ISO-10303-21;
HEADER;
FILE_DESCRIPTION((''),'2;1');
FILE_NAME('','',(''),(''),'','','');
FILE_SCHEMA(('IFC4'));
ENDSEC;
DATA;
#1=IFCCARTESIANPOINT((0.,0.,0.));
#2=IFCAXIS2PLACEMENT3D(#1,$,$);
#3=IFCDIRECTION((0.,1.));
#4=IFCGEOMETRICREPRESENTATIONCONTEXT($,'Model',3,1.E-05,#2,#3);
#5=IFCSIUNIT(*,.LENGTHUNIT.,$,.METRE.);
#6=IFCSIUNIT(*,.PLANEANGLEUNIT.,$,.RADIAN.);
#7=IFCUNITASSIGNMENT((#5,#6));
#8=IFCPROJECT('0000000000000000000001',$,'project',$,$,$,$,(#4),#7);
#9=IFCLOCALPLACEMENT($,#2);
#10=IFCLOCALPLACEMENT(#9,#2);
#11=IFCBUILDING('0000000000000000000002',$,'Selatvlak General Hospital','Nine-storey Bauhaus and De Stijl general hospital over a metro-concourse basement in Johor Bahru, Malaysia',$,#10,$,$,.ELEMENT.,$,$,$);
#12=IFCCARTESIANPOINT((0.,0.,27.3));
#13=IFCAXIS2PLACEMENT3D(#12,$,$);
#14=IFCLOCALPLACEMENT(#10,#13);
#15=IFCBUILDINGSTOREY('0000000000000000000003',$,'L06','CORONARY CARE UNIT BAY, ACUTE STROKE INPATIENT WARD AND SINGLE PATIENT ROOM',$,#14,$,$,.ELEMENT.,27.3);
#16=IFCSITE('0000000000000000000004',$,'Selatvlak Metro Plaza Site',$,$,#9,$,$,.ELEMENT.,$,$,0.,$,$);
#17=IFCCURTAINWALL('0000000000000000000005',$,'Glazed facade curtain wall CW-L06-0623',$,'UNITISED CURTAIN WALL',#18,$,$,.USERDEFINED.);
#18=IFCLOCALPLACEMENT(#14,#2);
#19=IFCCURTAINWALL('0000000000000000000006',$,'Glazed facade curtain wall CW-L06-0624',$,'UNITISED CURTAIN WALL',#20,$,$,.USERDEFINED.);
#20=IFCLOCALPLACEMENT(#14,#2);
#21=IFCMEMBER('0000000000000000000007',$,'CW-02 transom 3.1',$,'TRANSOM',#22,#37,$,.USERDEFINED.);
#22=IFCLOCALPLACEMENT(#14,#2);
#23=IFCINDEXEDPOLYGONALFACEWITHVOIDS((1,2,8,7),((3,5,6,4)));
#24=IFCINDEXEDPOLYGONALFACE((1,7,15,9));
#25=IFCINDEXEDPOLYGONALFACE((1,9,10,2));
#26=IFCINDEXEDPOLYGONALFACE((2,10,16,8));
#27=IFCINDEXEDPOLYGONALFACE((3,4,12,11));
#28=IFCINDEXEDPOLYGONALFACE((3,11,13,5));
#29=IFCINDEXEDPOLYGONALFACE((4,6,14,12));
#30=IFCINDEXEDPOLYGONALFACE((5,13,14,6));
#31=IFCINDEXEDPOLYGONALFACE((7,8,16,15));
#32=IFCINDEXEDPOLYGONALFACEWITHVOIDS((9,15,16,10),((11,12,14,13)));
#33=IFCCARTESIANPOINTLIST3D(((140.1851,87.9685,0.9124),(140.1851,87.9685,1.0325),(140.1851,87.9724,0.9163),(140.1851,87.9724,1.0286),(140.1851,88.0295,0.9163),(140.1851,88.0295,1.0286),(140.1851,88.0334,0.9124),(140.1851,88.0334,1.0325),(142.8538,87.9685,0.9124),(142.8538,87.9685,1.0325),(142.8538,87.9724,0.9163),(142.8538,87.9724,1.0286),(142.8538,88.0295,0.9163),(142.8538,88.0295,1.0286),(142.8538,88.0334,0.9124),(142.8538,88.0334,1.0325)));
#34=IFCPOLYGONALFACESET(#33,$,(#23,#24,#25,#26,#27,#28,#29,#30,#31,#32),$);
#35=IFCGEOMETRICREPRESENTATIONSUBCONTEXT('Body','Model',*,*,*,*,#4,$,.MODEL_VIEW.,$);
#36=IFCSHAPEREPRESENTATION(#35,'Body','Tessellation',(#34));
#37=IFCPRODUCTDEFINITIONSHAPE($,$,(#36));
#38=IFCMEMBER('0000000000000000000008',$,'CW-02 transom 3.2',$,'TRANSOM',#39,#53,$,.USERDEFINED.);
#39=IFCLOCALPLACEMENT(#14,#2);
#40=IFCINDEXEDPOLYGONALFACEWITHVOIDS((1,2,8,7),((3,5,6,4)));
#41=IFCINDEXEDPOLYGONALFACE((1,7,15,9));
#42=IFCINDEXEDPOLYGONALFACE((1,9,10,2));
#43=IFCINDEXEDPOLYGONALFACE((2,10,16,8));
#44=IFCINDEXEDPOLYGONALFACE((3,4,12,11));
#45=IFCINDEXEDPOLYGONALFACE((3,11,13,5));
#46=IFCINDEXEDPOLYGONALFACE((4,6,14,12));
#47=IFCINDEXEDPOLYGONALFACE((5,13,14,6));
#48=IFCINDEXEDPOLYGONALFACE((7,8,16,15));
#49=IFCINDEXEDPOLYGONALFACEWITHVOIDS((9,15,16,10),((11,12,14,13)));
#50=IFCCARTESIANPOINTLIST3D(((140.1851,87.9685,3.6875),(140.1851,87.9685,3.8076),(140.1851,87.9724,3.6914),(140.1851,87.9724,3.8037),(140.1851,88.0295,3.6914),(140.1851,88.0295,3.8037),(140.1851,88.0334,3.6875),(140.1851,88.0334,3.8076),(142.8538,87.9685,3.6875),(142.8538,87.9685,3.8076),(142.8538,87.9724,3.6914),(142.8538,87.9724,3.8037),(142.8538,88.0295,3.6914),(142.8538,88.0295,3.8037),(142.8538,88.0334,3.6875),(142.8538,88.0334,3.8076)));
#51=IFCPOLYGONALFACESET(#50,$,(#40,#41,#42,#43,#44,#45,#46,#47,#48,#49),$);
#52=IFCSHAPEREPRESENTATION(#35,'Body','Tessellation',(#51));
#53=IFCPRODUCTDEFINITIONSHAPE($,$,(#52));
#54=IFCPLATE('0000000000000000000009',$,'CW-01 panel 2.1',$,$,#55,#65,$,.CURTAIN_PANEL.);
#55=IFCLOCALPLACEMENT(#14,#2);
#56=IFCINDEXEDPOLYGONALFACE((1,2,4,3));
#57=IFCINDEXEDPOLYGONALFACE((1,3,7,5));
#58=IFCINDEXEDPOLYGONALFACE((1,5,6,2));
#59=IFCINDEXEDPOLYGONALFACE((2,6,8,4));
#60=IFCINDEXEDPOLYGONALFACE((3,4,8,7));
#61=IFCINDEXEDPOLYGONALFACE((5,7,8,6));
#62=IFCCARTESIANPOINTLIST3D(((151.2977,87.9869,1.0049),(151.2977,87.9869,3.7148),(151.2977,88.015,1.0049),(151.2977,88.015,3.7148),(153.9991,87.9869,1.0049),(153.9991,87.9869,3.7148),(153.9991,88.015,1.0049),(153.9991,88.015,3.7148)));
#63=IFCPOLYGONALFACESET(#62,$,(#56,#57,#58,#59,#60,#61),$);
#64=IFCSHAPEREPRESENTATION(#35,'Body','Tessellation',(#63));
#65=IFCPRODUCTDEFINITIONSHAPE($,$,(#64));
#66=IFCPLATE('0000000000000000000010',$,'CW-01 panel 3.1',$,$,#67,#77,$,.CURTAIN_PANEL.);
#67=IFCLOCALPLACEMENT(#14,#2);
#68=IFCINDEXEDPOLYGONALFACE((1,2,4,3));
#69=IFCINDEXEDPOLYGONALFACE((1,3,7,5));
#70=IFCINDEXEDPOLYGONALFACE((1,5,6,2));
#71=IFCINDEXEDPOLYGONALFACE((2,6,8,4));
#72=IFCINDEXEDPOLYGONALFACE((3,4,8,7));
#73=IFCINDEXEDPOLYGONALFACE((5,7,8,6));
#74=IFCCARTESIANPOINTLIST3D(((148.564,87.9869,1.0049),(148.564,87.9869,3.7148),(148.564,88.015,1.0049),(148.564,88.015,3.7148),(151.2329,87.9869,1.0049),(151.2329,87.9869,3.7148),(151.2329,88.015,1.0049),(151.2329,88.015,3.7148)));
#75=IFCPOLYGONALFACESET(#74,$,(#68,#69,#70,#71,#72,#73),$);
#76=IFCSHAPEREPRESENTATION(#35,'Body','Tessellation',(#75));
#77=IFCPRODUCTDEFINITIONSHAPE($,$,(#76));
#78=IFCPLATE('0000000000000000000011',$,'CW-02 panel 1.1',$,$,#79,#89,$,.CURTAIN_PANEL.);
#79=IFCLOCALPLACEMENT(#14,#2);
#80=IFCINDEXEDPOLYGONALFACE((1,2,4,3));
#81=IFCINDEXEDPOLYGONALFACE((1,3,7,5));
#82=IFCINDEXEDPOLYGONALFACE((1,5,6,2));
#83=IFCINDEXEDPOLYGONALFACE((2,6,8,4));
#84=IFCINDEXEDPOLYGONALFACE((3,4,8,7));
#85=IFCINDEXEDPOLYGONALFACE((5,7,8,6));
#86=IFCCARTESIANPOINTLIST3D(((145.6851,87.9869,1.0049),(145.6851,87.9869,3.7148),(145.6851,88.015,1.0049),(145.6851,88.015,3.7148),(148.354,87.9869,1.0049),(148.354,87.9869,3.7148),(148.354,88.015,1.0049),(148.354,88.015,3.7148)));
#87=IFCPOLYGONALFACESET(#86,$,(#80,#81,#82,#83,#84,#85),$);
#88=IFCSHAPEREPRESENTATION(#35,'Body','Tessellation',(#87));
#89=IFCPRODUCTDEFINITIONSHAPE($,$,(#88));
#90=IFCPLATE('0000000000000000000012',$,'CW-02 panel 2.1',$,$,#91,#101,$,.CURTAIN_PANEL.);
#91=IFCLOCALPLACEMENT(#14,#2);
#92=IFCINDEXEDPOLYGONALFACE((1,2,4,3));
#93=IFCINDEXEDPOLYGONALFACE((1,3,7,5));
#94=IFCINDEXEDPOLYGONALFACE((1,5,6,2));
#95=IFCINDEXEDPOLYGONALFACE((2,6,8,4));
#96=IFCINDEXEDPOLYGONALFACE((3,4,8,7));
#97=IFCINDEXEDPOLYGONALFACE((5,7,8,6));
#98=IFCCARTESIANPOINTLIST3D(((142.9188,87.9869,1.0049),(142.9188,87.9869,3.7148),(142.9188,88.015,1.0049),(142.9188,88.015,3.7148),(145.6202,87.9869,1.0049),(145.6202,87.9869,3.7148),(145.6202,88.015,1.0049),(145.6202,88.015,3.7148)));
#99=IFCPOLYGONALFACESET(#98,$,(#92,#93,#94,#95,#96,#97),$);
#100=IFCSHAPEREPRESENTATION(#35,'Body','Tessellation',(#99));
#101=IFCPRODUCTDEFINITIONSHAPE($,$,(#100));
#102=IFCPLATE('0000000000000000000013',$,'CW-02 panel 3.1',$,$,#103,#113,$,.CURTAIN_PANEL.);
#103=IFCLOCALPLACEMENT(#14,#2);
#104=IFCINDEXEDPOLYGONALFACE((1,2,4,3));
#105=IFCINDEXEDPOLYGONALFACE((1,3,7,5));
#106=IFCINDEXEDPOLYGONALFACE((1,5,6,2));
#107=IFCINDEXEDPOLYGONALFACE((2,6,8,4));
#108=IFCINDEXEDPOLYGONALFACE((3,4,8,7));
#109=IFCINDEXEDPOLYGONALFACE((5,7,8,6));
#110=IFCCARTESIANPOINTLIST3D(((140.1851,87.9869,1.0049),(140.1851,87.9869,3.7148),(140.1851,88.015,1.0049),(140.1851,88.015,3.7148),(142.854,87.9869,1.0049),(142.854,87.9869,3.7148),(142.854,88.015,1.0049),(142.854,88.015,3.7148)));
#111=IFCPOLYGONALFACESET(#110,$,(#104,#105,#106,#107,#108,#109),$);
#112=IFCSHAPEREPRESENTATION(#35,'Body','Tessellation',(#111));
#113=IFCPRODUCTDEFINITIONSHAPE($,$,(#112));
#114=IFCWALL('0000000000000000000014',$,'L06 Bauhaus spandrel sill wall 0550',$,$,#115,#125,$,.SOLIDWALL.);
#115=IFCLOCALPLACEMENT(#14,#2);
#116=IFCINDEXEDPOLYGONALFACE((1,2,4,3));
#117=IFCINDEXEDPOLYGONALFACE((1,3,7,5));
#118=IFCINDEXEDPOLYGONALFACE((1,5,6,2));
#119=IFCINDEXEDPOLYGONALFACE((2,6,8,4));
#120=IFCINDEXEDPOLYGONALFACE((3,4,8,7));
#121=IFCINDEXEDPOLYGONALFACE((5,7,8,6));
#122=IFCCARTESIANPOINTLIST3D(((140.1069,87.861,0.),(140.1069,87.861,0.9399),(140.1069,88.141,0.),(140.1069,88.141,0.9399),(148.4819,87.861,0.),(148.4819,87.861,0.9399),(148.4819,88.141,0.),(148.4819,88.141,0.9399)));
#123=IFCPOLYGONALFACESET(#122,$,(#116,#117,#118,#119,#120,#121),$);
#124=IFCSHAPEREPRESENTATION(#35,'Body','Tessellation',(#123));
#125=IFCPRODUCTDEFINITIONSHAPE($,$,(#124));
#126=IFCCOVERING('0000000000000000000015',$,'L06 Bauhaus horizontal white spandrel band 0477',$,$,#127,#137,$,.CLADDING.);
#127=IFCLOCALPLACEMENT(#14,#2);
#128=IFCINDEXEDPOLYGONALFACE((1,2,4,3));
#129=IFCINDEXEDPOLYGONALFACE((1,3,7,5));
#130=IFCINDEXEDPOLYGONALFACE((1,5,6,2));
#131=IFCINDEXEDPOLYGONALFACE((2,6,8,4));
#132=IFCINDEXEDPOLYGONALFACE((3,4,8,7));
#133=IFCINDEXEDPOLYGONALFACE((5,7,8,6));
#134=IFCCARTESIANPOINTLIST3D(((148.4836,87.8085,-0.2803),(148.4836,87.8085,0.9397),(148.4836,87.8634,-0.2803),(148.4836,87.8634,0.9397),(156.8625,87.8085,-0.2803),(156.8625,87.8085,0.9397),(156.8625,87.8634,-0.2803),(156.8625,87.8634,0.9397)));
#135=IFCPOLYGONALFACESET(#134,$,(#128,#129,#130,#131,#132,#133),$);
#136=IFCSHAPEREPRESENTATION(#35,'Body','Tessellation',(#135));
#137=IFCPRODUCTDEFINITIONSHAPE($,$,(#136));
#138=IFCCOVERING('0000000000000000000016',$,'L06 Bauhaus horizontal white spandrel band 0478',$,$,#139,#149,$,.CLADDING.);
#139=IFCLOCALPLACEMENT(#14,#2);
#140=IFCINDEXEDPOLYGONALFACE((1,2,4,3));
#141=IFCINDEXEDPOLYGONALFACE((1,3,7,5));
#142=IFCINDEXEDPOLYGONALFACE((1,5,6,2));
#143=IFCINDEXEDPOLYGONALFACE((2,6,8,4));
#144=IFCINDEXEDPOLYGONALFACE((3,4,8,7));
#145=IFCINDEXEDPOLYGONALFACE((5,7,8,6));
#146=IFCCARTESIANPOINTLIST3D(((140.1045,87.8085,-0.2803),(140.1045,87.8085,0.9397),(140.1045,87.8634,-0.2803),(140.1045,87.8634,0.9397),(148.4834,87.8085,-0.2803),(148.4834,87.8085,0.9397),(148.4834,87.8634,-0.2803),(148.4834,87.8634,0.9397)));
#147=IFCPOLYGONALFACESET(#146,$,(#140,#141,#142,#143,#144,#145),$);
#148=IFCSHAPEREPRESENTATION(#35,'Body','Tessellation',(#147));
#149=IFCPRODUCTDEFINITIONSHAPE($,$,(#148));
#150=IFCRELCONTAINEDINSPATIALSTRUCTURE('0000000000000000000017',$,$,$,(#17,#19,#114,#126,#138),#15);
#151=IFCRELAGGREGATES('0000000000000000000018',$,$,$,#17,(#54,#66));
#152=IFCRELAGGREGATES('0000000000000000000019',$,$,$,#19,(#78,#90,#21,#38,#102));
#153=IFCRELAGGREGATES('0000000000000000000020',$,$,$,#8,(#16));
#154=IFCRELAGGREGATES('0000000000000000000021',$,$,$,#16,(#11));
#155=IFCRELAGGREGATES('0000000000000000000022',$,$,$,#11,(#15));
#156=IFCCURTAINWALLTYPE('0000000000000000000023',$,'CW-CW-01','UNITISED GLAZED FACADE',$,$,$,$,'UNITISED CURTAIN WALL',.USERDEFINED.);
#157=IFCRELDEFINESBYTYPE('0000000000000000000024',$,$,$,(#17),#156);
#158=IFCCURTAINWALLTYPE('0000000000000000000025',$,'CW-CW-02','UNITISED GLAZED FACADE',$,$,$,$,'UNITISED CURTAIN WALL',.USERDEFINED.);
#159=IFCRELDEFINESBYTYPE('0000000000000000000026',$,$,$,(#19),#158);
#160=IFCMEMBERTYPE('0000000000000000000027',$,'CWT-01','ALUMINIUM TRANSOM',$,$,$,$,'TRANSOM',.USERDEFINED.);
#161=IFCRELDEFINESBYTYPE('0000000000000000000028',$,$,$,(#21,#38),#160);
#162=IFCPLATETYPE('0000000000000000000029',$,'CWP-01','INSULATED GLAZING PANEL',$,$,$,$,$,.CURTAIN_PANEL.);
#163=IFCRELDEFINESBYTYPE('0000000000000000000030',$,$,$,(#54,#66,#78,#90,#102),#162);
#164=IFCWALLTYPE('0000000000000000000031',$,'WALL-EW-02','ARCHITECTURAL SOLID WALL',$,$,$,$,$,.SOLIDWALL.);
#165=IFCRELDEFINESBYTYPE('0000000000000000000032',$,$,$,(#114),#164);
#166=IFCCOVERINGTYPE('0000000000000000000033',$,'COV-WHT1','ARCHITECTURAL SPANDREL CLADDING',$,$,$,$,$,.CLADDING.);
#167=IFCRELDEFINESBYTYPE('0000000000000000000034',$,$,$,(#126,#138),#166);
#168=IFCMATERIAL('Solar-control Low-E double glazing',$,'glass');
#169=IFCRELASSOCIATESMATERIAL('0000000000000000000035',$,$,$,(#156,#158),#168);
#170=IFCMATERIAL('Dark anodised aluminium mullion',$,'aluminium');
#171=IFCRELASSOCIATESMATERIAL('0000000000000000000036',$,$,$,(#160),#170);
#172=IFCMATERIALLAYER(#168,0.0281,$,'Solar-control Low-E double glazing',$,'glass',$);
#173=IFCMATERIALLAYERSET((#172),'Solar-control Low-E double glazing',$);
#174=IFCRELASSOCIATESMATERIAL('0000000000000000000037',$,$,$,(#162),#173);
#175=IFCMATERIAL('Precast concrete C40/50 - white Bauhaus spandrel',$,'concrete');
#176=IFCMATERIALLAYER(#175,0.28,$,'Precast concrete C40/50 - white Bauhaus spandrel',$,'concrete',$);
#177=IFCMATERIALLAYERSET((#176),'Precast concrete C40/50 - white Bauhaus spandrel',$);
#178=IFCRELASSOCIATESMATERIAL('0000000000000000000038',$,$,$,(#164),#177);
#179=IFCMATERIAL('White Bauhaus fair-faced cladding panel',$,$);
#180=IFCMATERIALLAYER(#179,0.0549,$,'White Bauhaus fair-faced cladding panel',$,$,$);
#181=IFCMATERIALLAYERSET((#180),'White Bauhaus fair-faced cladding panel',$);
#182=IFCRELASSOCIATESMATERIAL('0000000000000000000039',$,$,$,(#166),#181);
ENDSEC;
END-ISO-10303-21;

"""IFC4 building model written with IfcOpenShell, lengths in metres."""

from ifc_helpers import new_model, si_unit, direction, frame, frame_2d, origin, origin_2d, place, context, subcontext, project, spatial, rectangle, hollow_rectangle, extrude, material, layer, layer_set, material_profile, profile_set, type_object, element, aggregate, save


model = new_model("IFC4")

# Units and contexts
model_context = context("Model", 3, precision=1e-05, world=origin(), true_north=direction((0.0, 1.0)))
body_context = subcontext(model_context, "Body", "Model", "MODEL_VIEW")
ifc_project = project(units=[si_unit("LENGTHUNIT", "METRE"), si_unit("PLANEANGLEUNIT", "RADIAN")], contexts=[model_context])

# Site, building, storey
site_placement = place(None, origin())
site = spatial("IfcSite", under=ifc_project, at=site_placement, Name="Selatvlak Metro Plaza Site", CompositionType="ELEMENT", RefElevation=0.0)
building_placement = place(site_placement, origin())
building = spatial("IfcBuilding", under=site, at=building_placement, Name="Selatvlak General Hospital", Description="Nine-storey Bauhaus and De Stijl general hospital over a metro-concourse basement in Johor Bahru, Malaysia", CompositionType="ELEMENT")
storey_placement = place(building_placement, frame((0.0, 0.0, 27.3)))
storey = spatial("IfcBuildingStorey", under=building, at=storey_placement, Name="L06", Description="CORONARY CARE UNIT BAY, ACUTE STROKE INPATIENT WARD AND SINGLE PATIENT ROOM", CompositionType="ELEMENT", Elevation=27.3)

# Curtain walls
ifc_material_1 = material(Name="Solar-control Low-E double glazing", Category="glass")
curtain_wall_type_1 = type_object("IfcCurtainWallType", Name="CW-CW-01", Description="UNITISED GLAZED FACADE", ElementType="UNITISED CURTAIN WALL", PredefinedType="USERDEFINED", material=ifc_material_1)
curtain_wall_1_placement = place(storey_placement, origin())
curtain_wall_1 = element("IfcCurtainWall", 1, at=curtain_wall_1_placement, inside=storey, type_object=curtain_wall_type_1, Name="Glazed facade curtain wall CW-L06-0623", ObjectType="UNITISED CURTAIN WALL", PredefinedType="USERDEFINED")
ifc_material_2 = material(Name="Dark anodised aluminium mullion", Category="aluminium")
curtain_wall_type_2 = type_object("IfcCurtainWallType", Name="CW-CW-02", Description="UNITISED GLAZED FACADE", ElementType="UNITISED CURTAIN WALL", PredefinedType="USERDEFINED", material=ifc_material_1)
curtain_wall_2_placement = place(storey_placement, origin())
curtain_wall_2 = element("IfcCurtainWall", 2, at=curtain_wall_2_placement, inside=storey, type_object=curtain_wall_type_2, Name="Glazed facade curtain wall CW-L06-0624", ObjectType="UNITISED CURTAIN WALL", PredefinedType="USERDEFINED")

# Members
ifc_material_profile_1 = material_profile(ifc_material_2, hollow_rectangle(XDim=0.0649, YDim=0.1201, WallThickness=0.0039, at=origin_2d()), Name="AL-TRN 65x120x4")
ifc_profile_set_1 = profile_set([ifc_material_profile_1], Name="Dark anodised aluminium mullion")
member_type_1 = type_object("IfcMemberType", Name="CWT-01", Description="ALUMINIUM TRANSOM", ElementType="TRANSOM", PredefinedType="USERDEFINED", material=ifc_profile_set_1)
member_1_placement = place(storey_placement, frame((142.8538, 88.001, 0.9724), z_axis=(-1.0, 0.0, 0.0), x_axis=(0.0, -1.0, 0.0)))
member_1 = element("IfcMember", 3, at=member_1_placement, type_object=member_type_1, Name="CW-02 transom 3.1", ObjectType="TRANSOM", PredefinedType="USERDEFINED", context=body_context, shape_type="SweptSolid", body=[
    extrude(hollow_rectangle(XDim=0.0649, YDim=0.1201, WallThickness=0.0039, at=origin_2d()), origin(), (0.0, 0.0, 1.0), 2.6687),
])
member_2_placement = place(storey_placement, frame((142.8538, 88.001, 3.7476), z_axis=(-1.0, 0.0, 0.0), x_axis=(0.0, -1.0, 0.0)))
member_2 = element("IfcMember", 4, at=member_2_placement, type_object=member_type_1, Name="CW-02 transom 3.2", ObjectType="TRANSOM", PredefinedType="USERDEFINED", context=body_context, shape_type="SweptSolid", body=[
    extrude(hollow_rectangle(XDim=0.0649, YDim=0.1201, WallThickness=0.0039, at=origin_2d()), origin(), (0.0, 0.0, 1.0), 2.6687),
])

# Plates
ifc_layer_1 = layer(ifc_material_1, 0.0281, Name="Solar-control Low-E double glazing", Category="glass")
ifc_layer_set_1 = layer_set([ifc_layer_1], Name="Solar-control Low-E double glazing")
plate_type = type_object("IfcPlateType", Name="CWP-01", Description="INSULATED GLAZING PANEL", PredefinedType="CURTAIN_PANEL", material=ifc_layer_set_1)
plate_1_placement = place(storey_placement, frame((152.6484, 88.001, 1.0049), z_axis=(0.0, 0.0, 1.0), x_axis=(-1.0, 0.0, 0.0)))
plate_1 = element("IfcPlate", 5, at=plate_1_placement, type_object=plate_type, Name="CW-01 panel 2.1", PredefinedType="CURTAIN_PANEL", context=body_context, shape_type="SweptSolid", body=[
    extrude(rectangle(XDim=2.7014, YDim=0.0281, at=origin_2d()), origin(), (0.0, 0.0, 1.0), 2.71),
])
plate_2_placement = place(storey_placement, frame((149.8984, 88.001, 1.0049), z_axis=(0.0, 0.0, 1.0), x_axis=(-1.0, 0.0, 0.0)))
plate_2 = element("IfcPlate", 6, at=plate_2_placement, type_object=plate_type, Name="CW-01 panel 3.1", PredefinedType="CURTAIN_PANEL", context=body_context, shape_type="SweptSolid", body=[
    extrude(rectangle(XDim=2.6689, YDim=0.0281, at=origin_2d()), origin(), (0.0, 0.0, 1.0), 2.71),
])
aggregate(curtain_wall_1, [plate_1, plate_2])
plate_3_placement = place(storey_placement, frame((147.0195, 88.001, 1.0049), z_axis=(0.0, 0.0, 1.0), x_axis=(-1.0, 0.0, 0.0)))
plate_3 = element("IfcPlate", 7, at=plate_3_placement, type_object=plate_type, Name="CW-02 panel 1.1", PredefinedType="CURTAIN_PANEL", context=body_context, shape_type="SweptSolid", body=[
    extrude(rectangle(XDim=2.6689, YDim=0.0281, at=origin_2d()), origin(), (0.0, 0.0, 1.0), 2.71),
])
plate_4_placement = place(storey_placement, frame((144.2695, 88.001, 1.0049), z_axis=(0.0, 0.0, 1.0), x_axis=(-1.0, 0.0, 0.0)))
plate_4 = element("IfcPlate", 8, at=plate_4_placement, type_object=plate_type, Name="CW-02 panel 2.1", PredefinedType="CURTAIN_PANEL", context=body_context, shape_type="SweptSolid", body=[
    extrude(rectangle(XDim=2.7014, YDim=0.0281, at=origin_2d()), origin(), (0.0, 0.0, 1.0), 2.71),
])
plate_5_placement = place(storey_placement, frame((141.5195, 88.001, 1.0049), z_axis=(0.0, 0.0, 1.0), x_axis=(-1.0, 0.0, 0.0)))
plate_5 = element("IfcPlate", 9, at=plate_5_placement, type_object=plate_type, Name="CW-02 panel 3.1", PredefinedType="CURTAIN_PANEL", context=body_context, shape_type="SweptSolid", body=[
    extrude(rectangle(XDim=2.6689, YDim=0.0281, at=origin_2d()), origin(), (0.0, 0.0, 1.0), 2.71),
])
aggregate(curtain_wall_2, [plate_3, plate_4, member_1, member_2, plate_5])

# Wall
ifc_material_3 = material(Name="Precast concrete C40/50 - white Bauhaus spandrel", Category="concrete")
ifc_layer_2 = layer(ifc_material_3, 0.28, Name="Precast concrete C40/50 - white Bauhaus spandrel", Category="concrete")
ifc_layer_set_2 = layer_set([ifc_layer_2], Name="Precast concrete C40/50 - white Bauhaus spandrel")
wall_type = type_object("IfcWallType", Name="WALL-EW-02", Description="ARCHITECTURAL SOLID WALL", PredefinedType="SOLIDWALL", material=ifc_layer_set_2)
wall_placement = place(storey_placement, frame((148.4819, 88.001, 0.0), z_axis=(0.0, 0.0, 1.0), x_axis=(-1.0, 0.0, 0.0)))
element("IfcWall", 10, at=wall_placement, inside=storey, type_object=wall_type, Name="L06 Bauhaus spandrel sill wall 0550", PredefinedType="SOLIDWALL", context=body_context, shape_type="SweptSolid", body=[
    extrude(rectangle(XDim=8.375, YDim=0.28, at=frame_2d((4.1875, 0.0))), origin(), (0.0, 0.0, 1.0), 0.9399),
])

# Coverings
ifc_material_4 = material(Name="White Bauhaus fair-faced cladding panel")
ifc_layer_3 = layer(ifc_material_4, 0.0549, Name="White Bauhaus fair-faced cladding panel")
ifc_layer_set_3 = layer_set([ifc_layer_3], Name="White Bauhaus fair-faced cladding panel")
covering_type = type_object("IfcCoveringType", Name="COV-WHT1", Description="ARCHITECTURAL SPANDREL CLADDING", PredefinedType="CLADDING", material=ifc_layer_set_3)
for number, where, z_axis, x_axis, name in (
    (11, (152.6731, 87.8359, -0.2803), (0.0, 0.0, 1.0), (-1.0, 0.0, 0.0), "L06 Bauhaus horizontal white spandrel band 0477"),
    (12, (144.2939, 87.8359, -0.2803), (0.0, 0.0, 1.0), (-1.0, 0.0, 0.0), "L06 Bauhaus horizontal white spandrel band 0478"),
):
    element("IfcCovering", number, at=place(storey_placement, frame(where, z_axis=z_axis, x_axis=x_axis)), inside=storey, type_object=covering_type, Name=name, PredefinedType="CLADDING", context=body_context, shape_type="SweptSolid", body=[
        extrude(rectangle(XDim=8.3789, YDim=0.0549, at=origin_2d()), origin(), (0.0, 0.0, 1.0), 1.22),
    ])

save(model, "model.ifc")
